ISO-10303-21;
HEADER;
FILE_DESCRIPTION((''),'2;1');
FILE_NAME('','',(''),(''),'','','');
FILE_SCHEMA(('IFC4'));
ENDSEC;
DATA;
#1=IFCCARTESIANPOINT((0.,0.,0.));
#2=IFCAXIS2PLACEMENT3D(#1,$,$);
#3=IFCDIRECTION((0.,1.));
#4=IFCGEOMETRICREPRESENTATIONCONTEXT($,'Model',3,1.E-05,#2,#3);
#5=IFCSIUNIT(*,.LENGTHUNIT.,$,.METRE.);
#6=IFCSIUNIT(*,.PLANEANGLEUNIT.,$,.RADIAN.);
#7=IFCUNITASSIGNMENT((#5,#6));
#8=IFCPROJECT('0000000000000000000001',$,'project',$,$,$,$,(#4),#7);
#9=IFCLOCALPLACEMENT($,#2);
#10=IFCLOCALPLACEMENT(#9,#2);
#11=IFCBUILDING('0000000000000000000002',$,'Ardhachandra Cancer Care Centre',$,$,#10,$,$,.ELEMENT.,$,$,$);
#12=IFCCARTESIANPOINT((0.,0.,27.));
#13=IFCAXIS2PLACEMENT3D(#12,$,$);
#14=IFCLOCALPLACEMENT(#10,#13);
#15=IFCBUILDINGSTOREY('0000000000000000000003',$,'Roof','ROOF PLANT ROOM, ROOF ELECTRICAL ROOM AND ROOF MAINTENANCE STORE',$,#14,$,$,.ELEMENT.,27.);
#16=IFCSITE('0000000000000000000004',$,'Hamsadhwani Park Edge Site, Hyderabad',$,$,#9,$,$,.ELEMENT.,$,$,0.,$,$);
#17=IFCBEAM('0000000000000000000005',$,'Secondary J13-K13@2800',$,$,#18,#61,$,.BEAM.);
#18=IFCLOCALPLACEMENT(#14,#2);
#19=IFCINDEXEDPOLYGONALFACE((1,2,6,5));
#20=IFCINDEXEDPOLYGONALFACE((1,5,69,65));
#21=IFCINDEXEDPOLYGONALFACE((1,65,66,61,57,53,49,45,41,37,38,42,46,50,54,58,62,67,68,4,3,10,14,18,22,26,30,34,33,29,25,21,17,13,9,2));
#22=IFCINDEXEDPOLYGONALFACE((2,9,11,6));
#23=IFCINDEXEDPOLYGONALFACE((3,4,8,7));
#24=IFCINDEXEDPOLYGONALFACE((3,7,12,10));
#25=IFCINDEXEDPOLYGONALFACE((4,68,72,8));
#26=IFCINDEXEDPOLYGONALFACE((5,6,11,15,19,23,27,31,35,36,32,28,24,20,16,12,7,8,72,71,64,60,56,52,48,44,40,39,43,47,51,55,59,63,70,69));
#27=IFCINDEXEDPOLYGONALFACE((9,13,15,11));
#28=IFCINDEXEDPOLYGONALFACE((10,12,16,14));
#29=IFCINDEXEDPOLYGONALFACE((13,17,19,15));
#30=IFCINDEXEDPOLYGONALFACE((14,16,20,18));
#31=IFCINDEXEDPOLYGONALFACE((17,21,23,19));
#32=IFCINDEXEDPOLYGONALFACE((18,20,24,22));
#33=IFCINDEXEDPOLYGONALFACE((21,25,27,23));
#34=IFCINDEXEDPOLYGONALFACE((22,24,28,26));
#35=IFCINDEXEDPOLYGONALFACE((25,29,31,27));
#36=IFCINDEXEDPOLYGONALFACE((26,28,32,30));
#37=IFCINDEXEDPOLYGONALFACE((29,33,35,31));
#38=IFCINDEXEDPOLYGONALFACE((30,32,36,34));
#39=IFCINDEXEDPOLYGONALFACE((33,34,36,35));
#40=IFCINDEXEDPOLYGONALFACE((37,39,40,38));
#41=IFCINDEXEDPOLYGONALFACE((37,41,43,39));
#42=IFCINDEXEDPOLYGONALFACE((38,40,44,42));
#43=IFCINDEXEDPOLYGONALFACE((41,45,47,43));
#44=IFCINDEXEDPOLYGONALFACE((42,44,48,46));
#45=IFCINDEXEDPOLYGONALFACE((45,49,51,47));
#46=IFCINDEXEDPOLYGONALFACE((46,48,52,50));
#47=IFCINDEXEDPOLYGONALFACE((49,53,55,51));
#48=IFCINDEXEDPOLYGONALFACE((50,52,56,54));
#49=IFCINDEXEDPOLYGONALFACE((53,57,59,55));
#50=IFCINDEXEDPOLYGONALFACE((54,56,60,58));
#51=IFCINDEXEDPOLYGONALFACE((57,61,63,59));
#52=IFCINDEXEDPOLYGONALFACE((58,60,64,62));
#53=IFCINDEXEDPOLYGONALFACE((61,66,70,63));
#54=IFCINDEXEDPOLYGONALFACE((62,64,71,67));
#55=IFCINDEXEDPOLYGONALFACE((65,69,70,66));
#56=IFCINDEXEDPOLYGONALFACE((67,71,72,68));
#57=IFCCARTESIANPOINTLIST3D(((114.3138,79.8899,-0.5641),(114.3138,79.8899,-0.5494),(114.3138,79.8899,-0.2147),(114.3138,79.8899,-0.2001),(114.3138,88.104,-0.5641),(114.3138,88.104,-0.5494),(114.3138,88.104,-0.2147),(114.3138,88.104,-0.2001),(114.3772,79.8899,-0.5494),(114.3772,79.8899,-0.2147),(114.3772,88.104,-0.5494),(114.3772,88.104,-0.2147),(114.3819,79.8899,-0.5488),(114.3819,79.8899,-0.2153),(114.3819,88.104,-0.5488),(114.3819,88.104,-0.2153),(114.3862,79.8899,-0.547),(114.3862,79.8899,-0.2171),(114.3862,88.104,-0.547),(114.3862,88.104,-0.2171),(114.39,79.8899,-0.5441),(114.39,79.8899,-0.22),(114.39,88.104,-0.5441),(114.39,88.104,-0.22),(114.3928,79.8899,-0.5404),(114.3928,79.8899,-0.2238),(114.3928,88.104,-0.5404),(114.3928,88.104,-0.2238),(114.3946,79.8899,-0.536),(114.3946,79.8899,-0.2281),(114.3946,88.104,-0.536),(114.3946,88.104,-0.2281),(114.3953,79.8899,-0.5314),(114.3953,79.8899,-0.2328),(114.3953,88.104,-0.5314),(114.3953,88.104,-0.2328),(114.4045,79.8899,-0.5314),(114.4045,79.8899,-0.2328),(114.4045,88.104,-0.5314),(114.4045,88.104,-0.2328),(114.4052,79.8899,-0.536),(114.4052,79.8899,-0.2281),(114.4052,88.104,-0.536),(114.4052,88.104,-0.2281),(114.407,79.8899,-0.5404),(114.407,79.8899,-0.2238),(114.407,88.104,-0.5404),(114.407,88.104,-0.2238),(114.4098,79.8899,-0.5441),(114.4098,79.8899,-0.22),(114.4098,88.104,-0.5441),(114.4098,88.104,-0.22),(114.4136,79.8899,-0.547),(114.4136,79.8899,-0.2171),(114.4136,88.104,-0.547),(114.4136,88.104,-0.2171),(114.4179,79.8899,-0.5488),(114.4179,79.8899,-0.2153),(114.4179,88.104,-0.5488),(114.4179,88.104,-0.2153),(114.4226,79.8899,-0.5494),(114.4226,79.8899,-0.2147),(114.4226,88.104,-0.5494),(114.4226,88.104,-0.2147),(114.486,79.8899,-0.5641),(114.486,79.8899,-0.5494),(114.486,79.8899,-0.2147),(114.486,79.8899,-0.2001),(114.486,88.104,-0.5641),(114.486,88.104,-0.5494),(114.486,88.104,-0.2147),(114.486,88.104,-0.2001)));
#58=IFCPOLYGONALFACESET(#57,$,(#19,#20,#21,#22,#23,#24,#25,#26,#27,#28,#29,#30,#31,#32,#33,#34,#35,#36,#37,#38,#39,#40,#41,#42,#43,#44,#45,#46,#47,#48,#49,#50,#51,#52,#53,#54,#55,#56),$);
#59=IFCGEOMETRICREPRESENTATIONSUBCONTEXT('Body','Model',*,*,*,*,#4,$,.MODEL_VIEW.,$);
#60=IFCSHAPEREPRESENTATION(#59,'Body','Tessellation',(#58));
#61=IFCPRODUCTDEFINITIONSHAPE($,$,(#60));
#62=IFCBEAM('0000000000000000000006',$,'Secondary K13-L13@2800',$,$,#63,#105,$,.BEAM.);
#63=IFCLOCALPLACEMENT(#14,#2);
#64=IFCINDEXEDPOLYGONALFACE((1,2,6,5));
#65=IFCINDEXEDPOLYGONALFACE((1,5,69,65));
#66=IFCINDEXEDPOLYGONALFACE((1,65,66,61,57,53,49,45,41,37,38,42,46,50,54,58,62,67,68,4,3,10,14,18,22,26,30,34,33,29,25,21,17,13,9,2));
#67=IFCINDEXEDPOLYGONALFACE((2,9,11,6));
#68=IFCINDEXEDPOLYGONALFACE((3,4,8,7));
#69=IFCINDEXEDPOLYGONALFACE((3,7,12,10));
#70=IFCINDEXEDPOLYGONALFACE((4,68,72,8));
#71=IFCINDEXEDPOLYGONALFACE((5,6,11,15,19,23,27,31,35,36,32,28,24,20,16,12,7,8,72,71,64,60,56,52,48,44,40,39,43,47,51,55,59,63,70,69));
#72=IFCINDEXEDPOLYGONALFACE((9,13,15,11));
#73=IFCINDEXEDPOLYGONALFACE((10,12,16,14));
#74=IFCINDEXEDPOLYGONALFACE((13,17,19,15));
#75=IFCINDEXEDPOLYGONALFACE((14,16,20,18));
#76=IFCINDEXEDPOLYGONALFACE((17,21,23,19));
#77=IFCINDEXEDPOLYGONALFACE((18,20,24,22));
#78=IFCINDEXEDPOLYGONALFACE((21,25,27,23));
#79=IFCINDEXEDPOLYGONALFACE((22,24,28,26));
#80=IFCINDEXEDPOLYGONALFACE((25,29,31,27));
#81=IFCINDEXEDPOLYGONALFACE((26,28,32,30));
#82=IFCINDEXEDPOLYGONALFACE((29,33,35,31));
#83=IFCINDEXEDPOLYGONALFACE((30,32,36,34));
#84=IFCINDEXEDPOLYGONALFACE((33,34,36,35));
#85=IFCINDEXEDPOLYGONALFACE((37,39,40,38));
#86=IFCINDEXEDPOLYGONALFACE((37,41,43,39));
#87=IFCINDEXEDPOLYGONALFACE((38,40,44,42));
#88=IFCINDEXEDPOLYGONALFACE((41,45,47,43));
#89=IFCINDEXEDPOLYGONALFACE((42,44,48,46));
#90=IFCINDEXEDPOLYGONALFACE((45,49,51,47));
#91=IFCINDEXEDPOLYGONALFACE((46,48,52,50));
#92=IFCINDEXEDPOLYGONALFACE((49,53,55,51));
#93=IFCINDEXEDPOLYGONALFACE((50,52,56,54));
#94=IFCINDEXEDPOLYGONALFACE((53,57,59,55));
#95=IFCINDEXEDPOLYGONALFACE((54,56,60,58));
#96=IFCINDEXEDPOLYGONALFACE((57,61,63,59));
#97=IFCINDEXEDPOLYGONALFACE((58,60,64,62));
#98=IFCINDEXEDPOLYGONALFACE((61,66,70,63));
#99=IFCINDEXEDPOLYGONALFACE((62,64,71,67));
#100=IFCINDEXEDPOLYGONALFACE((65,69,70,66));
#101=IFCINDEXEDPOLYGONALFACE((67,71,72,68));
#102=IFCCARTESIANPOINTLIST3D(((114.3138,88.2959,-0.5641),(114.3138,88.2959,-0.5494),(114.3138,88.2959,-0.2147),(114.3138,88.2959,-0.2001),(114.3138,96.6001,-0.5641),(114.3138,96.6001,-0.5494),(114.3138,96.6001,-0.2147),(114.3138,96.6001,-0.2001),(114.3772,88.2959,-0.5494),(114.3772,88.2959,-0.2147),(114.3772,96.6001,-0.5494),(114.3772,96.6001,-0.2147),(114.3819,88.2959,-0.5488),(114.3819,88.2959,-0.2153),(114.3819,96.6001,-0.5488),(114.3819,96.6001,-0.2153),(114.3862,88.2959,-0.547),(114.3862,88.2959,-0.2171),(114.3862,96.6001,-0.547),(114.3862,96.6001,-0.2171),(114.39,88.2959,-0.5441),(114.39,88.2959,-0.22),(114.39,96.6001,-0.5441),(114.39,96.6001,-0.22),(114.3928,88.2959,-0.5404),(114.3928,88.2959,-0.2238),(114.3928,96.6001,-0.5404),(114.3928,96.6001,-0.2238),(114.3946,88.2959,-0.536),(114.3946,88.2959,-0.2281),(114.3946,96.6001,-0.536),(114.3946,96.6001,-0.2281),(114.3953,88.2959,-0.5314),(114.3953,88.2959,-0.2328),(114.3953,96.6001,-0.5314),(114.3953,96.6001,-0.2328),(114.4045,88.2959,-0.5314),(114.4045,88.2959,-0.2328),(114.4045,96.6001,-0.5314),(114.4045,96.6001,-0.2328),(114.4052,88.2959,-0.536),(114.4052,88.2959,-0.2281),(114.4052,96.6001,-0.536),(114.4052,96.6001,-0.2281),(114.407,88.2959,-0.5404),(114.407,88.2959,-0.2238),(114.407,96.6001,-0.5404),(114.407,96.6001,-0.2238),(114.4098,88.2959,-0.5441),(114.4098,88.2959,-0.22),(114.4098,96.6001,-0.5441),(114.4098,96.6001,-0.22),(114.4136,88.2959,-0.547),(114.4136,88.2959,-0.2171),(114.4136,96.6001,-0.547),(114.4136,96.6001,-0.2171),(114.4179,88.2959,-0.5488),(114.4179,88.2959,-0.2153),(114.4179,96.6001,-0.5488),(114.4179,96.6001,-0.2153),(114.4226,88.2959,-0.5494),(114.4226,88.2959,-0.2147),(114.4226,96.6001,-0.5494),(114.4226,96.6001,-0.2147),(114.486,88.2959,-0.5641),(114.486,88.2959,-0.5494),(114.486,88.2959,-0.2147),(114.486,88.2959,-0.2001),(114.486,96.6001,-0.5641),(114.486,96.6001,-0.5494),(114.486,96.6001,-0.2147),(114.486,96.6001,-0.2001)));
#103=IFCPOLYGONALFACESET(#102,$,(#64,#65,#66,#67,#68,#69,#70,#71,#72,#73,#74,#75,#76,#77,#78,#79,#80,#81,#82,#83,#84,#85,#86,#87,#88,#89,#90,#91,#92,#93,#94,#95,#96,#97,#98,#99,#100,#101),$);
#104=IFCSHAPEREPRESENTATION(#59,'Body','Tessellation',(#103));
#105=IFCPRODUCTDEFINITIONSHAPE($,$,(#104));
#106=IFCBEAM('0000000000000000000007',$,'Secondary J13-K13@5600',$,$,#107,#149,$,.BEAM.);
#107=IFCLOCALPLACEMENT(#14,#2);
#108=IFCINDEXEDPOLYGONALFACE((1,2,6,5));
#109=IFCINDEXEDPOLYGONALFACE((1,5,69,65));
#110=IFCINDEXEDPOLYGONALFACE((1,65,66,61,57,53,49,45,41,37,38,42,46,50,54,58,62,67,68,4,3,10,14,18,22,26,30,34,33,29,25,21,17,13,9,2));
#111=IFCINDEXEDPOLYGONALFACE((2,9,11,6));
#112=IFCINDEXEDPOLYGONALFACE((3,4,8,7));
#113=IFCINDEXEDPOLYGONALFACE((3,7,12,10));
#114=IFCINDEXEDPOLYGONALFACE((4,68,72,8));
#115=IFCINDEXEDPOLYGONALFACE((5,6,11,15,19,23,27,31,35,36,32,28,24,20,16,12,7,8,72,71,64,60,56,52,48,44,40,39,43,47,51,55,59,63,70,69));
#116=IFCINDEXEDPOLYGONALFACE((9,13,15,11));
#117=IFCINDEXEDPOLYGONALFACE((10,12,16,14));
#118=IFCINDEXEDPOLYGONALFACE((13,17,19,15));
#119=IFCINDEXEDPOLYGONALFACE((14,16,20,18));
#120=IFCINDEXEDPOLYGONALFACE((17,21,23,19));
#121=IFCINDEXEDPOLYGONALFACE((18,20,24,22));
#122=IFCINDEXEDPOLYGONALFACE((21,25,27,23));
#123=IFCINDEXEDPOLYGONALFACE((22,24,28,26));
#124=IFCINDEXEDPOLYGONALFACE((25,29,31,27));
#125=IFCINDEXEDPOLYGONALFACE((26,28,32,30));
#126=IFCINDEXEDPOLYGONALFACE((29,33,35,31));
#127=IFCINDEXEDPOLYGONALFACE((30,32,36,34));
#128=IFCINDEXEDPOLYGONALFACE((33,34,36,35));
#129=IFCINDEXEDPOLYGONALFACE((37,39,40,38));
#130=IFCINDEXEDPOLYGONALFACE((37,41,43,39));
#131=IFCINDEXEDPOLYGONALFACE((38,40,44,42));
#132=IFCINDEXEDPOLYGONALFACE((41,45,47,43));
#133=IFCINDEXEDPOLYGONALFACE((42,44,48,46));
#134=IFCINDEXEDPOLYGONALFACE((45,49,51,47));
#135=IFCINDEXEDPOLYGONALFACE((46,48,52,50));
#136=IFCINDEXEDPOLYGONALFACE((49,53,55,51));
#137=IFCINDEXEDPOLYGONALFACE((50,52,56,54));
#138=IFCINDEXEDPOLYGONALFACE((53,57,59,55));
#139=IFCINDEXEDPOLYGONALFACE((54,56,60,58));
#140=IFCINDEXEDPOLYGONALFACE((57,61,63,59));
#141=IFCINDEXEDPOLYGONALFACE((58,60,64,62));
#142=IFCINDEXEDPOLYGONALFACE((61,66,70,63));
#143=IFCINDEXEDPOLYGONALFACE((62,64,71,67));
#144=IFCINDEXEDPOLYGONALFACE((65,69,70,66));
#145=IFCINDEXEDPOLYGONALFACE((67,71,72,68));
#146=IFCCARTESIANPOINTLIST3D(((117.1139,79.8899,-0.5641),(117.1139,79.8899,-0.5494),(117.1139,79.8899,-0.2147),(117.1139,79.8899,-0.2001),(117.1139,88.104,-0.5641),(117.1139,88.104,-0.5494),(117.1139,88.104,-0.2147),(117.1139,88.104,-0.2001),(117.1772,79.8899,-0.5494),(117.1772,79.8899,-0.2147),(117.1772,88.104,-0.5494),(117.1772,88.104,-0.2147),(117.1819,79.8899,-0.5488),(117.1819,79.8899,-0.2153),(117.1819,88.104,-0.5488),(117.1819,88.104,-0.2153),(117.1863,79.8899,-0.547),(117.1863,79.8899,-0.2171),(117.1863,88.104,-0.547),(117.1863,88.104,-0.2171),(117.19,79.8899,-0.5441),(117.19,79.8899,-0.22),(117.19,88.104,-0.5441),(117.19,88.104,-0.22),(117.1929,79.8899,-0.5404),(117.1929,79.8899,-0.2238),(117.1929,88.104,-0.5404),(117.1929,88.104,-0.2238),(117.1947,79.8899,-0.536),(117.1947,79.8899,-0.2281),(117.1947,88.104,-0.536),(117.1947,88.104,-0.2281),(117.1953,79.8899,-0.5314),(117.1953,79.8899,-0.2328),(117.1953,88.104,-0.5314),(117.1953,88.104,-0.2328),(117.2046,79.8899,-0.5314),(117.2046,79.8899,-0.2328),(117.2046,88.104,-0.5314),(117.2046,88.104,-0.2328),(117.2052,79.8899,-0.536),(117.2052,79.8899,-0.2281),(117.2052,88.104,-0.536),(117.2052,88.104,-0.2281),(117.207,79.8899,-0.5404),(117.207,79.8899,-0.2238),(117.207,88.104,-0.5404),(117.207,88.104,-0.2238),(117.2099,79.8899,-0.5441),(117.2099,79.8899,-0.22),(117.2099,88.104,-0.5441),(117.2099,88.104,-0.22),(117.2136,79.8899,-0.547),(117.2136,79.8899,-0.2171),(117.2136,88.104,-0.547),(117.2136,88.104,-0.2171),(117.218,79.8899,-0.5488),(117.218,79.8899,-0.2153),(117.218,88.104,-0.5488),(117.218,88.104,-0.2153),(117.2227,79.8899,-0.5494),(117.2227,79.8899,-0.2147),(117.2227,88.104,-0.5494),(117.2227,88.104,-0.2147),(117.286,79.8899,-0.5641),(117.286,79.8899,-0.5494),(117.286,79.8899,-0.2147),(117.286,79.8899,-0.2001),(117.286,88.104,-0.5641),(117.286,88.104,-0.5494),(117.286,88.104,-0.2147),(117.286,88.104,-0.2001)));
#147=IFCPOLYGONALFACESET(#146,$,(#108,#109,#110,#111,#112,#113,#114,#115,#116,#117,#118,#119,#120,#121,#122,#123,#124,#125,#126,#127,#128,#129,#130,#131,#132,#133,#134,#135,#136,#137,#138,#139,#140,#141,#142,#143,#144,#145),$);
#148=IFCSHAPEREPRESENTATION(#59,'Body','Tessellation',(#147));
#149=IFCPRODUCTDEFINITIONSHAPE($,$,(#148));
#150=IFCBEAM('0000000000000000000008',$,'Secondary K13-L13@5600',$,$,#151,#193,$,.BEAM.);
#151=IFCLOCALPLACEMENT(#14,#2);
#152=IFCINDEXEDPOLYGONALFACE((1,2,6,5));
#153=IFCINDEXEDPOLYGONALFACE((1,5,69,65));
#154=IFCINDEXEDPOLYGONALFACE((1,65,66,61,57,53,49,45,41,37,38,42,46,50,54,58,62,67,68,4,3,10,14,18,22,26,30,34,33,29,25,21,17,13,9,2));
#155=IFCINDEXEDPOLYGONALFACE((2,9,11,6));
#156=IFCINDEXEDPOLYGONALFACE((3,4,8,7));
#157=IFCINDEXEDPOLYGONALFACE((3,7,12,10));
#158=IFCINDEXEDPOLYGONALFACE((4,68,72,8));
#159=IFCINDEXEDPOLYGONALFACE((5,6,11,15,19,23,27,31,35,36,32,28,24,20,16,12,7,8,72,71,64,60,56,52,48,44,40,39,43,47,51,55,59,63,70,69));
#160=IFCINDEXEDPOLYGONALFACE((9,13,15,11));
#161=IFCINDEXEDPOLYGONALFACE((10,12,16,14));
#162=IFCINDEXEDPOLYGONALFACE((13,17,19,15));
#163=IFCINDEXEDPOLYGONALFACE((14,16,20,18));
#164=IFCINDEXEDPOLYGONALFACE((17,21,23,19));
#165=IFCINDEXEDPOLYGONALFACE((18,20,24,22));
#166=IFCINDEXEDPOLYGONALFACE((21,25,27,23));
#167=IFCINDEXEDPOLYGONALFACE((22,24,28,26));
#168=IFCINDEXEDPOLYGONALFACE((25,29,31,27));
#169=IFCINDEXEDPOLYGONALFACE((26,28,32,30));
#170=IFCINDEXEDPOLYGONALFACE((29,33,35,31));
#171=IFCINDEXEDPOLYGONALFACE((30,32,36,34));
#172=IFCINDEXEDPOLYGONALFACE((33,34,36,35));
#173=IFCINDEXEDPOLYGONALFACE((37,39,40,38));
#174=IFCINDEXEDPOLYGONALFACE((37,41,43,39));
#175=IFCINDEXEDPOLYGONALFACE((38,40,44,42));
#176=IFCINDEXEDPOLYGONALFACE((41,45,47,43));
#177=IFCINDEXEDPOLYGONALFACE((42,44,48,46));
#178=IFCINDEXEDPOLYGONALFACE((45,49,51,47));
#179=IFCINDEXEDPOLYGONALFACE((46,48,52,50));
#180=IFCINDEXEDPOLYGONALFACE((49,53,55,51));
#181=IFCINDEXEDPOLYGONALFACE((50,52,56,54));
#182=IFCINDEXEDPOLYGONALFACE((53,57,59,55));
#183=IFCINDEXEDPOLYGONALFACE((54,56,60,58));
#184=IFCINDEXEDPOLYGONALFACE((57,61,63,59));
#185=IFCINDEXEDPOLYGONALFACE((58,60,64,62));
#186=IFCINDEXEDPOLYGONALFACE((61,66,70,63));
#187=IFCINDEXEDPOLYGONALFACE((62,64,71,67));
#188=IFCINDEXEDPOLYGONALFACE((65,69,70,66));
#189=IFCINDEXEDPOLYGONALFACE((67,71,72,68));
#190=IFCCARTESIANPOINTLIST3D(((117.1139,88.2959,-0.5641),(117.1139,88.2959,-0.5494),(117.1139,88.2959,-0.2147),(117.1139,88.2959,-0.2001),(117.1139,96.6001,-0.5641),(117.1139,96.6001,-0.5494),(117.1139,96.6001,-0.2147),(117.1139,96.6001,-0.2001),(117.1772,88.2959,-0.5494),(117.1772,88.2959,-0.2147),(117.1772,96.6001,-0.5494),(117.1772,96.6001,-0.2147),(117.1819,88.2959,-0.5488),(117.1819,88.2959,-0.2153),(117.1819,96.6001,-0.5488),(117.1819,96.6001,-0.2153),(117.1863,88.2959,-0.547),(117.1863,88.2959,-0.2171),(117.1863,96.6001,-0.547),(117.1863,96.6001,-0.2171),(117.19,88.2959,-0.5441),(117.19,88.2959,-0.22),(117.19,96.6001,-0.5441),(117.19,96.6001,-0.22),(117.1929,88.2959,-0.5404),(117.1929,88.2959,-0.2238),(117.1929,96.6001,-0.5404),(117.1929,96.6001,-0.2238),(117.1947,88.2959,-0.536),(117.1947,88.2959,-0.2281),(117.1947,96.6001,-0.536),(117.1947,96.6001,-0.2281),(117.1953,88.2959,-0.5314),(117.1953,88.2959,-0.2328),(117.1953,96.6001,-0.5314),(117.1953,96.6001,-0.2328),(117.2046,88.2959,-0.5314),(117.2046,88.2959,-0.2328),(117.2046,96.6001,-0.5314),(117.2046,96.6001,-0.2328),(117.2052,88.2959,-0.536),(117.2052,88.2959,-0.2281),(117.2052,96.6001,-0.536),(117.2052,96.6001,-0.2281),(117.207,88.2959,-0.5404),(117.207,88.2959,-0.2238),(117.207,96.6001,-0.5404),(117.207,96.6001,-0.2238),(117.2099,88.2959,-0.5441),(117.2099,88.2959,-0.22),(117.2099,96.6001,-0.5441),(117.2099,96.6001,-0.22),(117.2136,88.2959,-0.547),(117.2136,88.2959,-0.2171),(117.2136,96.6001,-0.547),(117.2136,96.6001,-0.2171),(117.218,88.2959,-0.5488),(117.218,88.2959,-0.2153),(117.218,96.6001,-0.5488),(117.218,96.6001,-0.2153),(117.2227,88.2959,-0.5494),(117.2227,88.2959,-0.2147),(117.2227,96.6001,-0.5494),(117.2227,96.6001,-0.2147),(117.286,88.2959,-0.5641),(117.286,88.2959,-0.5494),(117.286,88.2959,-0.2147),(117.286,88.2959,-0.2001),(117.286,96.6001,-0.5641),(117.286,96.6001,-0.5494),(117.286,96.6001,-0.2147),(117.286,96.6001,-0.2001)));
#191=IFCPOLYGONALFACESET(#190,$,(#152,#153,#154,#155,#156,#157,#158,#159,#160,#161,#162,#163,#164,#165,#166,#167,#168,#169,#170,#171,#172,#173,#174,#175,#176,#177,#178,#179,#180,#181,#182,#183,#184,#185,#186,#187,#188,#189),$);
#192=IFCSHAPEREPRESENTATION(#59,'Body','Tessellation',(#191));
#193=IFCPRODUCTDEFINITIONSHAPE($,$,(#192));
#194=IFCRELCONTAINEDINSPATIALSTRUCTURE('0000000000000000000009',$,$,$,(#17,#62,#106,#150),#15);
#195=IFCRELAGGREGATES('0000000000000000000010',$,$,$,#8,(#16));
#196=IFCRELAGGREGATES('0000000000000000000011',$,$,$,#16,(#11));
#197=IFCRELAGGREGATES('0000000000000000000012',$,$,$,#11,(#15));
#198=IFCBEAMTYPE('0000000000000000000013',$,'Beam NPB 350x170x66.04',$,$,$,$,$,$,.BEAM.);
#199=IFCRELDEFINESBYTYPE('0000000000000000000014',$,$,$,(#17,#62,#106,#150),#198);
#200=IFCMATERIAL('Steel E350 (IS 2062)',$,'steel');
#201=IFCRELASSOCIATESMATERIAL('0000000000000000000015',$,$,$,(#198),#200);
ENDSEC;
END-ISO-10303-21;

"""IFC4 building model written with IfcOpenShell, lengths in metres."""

from ifc_helpers import new_model, si_unit, direction, frame, origin, origin_2d, place, context, subcontext, project, spatial, i_section, extrude, material, material_profile, profile_set, type_object, element, save


model = new_model("IFC4")

# Units and contexts
model_context = context("Model", 3, precision=1e-05, world=origin(), true_north=direction((0.0, 1.0)))
body_context = subcontext(model_context, "Body", "Model", "MODEL_VIEW")
ifc_project = project(units=[si_unit("LENGTHUNIT", "METRE"), si_unit("PLANEANGLEUNIT", "RADIAN")], contexts=[model_context])

# Site, building, storey
site_placement = place(None, origin())
site = spatial("IfcSite", under=ifc_project, at=site_placement, Name="Hamsadhwani Park Edge Site, Hyderabad", CompositionType="ELEMENT", RefElevation=0.0)
building_placement = place(site_placement, origin())
building = spatial("IfcBuilding", under=site, at=building_placement, Name="Ardhachandra Cancer Care Centre", CompositionType="ELEMENT")
storey_placement = place(building_placement, frame((0.0, 0.0, 27.0)))
storey = spatial("IfcBuildingStorey", under=building, at=storey_placement, Name="Roof", Description="ROOF PLANT ROOM, ROOF ELECTRICAL ROOM AND ROOF MAINTENANCE STORE", CompositionType="ELEMENT", Elevation=27.0)

# Beams
ifc_material_1 = material(Name="Steel E350 (IS 2062)", Category="steel")
ifc_material_profile_1 = material_profile(ifc_material_1, i_section(OverallWidth=0.1721, OverallDepth=0.364, WebThickness=0.0093, FlangeThickness=0.0146, FilletRadius=0.0181, at=origin_2d()), Name="NPB 350x170x66.04")
ifc_profile_set_1 = profile_set([ifc_material_profile_1], Name="Steel E350 (IS 2062)")
beam_type = type_object("IfcBeamType", Name="Beam NPB 350x170x66.04", PredefinedType="BEAM", material=ifc_profile_set_1)
beam_1_placement = place(storey_placement, frame((114.3999, 79.8899, -0.3821), z_axis=(0.0, 1.0, 0.0), x_axis=(-1.0, 0.0, 0.0)))
element("IfcBeam", 1, at=beam_1_placement, inside=storey, type_object=beam_type, Name="Secondary J13-K13@2800", PredefinedType="BEAM", context=body_context, shape_type="SweptSolid", body=[
    extrude(i_section(OverallWidth=0.1721, OverallDepth=0.364, WebThickness=0.0093, FlangeThickness=0.0146, FilletRadius=0.0181, at=origin_2d()), origin(), (0.0, 0.0, 1.0), 8.2141),
])
beam_2_placement = place(storey_placement, frame((114.3999, 88.2959, -0.3821), z_axis=(0.0, 1.0, 0.0), x_axis=(-1.0, 0.0, 0.0)))
element("IfcBeam", 2, at=beam_2_placement, inside=storey, type_object=beam_type, Name="Secondary K13-L13@2800", PredefinedType="BEAM", context=body_context, shape_type="SweptSolid", body=[
    extrude(i_section(OverallWidth=0.1721, OverallDepth=0.364, WebThickness=0.0093, FlangeThickness=0.0146, FilletRadius=0.0181, at=origin_2d()), origin(), (0.0, 0.0, 1.0), 8.3042),
])
beam_3_placement = place(storey_placement, frame((117.2, 79.8899, -0.3821), z_axis=(0.0, 1.0, 0.0), x_axis=(-1.0, 0.0, 0.0)))
element("IfcBeam", 3, at=beam_3_placement, inside=storey, type_object=beam_type, Name="Secondary J13-K13@5600", PredefinedType="BEAM", context=body_context, shape_type="SweptSolid", body=[
    extrude(i_section(OverallWidth=0.1721, OverallDepth=0.364, WebThickness=0.0093, FlangeThickness=0.0146, FilletRadius=0.0181, at=origin_2d()), origin(), (0.0, 0.0, 1.0), 8.2141),
])
beam_4_placement = place(storey_placement, frame((117.2, 88.2959, -0.3821), z_axis=(0.0, 1.0, 0.0), x_axis=(-1.0, 0.0, 0.0)))
element("IfcBeam", 4, at=beam_4_placement, inside=storey, type_object=beam_type, Name="Secondary K13-L13@5600", PredefinedType="BEAM", context=body_context, shape_type="SweptSolid", body=[
    extrude(i_section(OverallWidth=0.1721, OverallDepth=0.364, WebThickness=0.0093, FlangeThickness=0.0146, FilletRadius=0.0181, at=origin_2d()), origin(), (0.0, 0.0, 1.0), 8.3042),
])

save(model, "model.ifc")
